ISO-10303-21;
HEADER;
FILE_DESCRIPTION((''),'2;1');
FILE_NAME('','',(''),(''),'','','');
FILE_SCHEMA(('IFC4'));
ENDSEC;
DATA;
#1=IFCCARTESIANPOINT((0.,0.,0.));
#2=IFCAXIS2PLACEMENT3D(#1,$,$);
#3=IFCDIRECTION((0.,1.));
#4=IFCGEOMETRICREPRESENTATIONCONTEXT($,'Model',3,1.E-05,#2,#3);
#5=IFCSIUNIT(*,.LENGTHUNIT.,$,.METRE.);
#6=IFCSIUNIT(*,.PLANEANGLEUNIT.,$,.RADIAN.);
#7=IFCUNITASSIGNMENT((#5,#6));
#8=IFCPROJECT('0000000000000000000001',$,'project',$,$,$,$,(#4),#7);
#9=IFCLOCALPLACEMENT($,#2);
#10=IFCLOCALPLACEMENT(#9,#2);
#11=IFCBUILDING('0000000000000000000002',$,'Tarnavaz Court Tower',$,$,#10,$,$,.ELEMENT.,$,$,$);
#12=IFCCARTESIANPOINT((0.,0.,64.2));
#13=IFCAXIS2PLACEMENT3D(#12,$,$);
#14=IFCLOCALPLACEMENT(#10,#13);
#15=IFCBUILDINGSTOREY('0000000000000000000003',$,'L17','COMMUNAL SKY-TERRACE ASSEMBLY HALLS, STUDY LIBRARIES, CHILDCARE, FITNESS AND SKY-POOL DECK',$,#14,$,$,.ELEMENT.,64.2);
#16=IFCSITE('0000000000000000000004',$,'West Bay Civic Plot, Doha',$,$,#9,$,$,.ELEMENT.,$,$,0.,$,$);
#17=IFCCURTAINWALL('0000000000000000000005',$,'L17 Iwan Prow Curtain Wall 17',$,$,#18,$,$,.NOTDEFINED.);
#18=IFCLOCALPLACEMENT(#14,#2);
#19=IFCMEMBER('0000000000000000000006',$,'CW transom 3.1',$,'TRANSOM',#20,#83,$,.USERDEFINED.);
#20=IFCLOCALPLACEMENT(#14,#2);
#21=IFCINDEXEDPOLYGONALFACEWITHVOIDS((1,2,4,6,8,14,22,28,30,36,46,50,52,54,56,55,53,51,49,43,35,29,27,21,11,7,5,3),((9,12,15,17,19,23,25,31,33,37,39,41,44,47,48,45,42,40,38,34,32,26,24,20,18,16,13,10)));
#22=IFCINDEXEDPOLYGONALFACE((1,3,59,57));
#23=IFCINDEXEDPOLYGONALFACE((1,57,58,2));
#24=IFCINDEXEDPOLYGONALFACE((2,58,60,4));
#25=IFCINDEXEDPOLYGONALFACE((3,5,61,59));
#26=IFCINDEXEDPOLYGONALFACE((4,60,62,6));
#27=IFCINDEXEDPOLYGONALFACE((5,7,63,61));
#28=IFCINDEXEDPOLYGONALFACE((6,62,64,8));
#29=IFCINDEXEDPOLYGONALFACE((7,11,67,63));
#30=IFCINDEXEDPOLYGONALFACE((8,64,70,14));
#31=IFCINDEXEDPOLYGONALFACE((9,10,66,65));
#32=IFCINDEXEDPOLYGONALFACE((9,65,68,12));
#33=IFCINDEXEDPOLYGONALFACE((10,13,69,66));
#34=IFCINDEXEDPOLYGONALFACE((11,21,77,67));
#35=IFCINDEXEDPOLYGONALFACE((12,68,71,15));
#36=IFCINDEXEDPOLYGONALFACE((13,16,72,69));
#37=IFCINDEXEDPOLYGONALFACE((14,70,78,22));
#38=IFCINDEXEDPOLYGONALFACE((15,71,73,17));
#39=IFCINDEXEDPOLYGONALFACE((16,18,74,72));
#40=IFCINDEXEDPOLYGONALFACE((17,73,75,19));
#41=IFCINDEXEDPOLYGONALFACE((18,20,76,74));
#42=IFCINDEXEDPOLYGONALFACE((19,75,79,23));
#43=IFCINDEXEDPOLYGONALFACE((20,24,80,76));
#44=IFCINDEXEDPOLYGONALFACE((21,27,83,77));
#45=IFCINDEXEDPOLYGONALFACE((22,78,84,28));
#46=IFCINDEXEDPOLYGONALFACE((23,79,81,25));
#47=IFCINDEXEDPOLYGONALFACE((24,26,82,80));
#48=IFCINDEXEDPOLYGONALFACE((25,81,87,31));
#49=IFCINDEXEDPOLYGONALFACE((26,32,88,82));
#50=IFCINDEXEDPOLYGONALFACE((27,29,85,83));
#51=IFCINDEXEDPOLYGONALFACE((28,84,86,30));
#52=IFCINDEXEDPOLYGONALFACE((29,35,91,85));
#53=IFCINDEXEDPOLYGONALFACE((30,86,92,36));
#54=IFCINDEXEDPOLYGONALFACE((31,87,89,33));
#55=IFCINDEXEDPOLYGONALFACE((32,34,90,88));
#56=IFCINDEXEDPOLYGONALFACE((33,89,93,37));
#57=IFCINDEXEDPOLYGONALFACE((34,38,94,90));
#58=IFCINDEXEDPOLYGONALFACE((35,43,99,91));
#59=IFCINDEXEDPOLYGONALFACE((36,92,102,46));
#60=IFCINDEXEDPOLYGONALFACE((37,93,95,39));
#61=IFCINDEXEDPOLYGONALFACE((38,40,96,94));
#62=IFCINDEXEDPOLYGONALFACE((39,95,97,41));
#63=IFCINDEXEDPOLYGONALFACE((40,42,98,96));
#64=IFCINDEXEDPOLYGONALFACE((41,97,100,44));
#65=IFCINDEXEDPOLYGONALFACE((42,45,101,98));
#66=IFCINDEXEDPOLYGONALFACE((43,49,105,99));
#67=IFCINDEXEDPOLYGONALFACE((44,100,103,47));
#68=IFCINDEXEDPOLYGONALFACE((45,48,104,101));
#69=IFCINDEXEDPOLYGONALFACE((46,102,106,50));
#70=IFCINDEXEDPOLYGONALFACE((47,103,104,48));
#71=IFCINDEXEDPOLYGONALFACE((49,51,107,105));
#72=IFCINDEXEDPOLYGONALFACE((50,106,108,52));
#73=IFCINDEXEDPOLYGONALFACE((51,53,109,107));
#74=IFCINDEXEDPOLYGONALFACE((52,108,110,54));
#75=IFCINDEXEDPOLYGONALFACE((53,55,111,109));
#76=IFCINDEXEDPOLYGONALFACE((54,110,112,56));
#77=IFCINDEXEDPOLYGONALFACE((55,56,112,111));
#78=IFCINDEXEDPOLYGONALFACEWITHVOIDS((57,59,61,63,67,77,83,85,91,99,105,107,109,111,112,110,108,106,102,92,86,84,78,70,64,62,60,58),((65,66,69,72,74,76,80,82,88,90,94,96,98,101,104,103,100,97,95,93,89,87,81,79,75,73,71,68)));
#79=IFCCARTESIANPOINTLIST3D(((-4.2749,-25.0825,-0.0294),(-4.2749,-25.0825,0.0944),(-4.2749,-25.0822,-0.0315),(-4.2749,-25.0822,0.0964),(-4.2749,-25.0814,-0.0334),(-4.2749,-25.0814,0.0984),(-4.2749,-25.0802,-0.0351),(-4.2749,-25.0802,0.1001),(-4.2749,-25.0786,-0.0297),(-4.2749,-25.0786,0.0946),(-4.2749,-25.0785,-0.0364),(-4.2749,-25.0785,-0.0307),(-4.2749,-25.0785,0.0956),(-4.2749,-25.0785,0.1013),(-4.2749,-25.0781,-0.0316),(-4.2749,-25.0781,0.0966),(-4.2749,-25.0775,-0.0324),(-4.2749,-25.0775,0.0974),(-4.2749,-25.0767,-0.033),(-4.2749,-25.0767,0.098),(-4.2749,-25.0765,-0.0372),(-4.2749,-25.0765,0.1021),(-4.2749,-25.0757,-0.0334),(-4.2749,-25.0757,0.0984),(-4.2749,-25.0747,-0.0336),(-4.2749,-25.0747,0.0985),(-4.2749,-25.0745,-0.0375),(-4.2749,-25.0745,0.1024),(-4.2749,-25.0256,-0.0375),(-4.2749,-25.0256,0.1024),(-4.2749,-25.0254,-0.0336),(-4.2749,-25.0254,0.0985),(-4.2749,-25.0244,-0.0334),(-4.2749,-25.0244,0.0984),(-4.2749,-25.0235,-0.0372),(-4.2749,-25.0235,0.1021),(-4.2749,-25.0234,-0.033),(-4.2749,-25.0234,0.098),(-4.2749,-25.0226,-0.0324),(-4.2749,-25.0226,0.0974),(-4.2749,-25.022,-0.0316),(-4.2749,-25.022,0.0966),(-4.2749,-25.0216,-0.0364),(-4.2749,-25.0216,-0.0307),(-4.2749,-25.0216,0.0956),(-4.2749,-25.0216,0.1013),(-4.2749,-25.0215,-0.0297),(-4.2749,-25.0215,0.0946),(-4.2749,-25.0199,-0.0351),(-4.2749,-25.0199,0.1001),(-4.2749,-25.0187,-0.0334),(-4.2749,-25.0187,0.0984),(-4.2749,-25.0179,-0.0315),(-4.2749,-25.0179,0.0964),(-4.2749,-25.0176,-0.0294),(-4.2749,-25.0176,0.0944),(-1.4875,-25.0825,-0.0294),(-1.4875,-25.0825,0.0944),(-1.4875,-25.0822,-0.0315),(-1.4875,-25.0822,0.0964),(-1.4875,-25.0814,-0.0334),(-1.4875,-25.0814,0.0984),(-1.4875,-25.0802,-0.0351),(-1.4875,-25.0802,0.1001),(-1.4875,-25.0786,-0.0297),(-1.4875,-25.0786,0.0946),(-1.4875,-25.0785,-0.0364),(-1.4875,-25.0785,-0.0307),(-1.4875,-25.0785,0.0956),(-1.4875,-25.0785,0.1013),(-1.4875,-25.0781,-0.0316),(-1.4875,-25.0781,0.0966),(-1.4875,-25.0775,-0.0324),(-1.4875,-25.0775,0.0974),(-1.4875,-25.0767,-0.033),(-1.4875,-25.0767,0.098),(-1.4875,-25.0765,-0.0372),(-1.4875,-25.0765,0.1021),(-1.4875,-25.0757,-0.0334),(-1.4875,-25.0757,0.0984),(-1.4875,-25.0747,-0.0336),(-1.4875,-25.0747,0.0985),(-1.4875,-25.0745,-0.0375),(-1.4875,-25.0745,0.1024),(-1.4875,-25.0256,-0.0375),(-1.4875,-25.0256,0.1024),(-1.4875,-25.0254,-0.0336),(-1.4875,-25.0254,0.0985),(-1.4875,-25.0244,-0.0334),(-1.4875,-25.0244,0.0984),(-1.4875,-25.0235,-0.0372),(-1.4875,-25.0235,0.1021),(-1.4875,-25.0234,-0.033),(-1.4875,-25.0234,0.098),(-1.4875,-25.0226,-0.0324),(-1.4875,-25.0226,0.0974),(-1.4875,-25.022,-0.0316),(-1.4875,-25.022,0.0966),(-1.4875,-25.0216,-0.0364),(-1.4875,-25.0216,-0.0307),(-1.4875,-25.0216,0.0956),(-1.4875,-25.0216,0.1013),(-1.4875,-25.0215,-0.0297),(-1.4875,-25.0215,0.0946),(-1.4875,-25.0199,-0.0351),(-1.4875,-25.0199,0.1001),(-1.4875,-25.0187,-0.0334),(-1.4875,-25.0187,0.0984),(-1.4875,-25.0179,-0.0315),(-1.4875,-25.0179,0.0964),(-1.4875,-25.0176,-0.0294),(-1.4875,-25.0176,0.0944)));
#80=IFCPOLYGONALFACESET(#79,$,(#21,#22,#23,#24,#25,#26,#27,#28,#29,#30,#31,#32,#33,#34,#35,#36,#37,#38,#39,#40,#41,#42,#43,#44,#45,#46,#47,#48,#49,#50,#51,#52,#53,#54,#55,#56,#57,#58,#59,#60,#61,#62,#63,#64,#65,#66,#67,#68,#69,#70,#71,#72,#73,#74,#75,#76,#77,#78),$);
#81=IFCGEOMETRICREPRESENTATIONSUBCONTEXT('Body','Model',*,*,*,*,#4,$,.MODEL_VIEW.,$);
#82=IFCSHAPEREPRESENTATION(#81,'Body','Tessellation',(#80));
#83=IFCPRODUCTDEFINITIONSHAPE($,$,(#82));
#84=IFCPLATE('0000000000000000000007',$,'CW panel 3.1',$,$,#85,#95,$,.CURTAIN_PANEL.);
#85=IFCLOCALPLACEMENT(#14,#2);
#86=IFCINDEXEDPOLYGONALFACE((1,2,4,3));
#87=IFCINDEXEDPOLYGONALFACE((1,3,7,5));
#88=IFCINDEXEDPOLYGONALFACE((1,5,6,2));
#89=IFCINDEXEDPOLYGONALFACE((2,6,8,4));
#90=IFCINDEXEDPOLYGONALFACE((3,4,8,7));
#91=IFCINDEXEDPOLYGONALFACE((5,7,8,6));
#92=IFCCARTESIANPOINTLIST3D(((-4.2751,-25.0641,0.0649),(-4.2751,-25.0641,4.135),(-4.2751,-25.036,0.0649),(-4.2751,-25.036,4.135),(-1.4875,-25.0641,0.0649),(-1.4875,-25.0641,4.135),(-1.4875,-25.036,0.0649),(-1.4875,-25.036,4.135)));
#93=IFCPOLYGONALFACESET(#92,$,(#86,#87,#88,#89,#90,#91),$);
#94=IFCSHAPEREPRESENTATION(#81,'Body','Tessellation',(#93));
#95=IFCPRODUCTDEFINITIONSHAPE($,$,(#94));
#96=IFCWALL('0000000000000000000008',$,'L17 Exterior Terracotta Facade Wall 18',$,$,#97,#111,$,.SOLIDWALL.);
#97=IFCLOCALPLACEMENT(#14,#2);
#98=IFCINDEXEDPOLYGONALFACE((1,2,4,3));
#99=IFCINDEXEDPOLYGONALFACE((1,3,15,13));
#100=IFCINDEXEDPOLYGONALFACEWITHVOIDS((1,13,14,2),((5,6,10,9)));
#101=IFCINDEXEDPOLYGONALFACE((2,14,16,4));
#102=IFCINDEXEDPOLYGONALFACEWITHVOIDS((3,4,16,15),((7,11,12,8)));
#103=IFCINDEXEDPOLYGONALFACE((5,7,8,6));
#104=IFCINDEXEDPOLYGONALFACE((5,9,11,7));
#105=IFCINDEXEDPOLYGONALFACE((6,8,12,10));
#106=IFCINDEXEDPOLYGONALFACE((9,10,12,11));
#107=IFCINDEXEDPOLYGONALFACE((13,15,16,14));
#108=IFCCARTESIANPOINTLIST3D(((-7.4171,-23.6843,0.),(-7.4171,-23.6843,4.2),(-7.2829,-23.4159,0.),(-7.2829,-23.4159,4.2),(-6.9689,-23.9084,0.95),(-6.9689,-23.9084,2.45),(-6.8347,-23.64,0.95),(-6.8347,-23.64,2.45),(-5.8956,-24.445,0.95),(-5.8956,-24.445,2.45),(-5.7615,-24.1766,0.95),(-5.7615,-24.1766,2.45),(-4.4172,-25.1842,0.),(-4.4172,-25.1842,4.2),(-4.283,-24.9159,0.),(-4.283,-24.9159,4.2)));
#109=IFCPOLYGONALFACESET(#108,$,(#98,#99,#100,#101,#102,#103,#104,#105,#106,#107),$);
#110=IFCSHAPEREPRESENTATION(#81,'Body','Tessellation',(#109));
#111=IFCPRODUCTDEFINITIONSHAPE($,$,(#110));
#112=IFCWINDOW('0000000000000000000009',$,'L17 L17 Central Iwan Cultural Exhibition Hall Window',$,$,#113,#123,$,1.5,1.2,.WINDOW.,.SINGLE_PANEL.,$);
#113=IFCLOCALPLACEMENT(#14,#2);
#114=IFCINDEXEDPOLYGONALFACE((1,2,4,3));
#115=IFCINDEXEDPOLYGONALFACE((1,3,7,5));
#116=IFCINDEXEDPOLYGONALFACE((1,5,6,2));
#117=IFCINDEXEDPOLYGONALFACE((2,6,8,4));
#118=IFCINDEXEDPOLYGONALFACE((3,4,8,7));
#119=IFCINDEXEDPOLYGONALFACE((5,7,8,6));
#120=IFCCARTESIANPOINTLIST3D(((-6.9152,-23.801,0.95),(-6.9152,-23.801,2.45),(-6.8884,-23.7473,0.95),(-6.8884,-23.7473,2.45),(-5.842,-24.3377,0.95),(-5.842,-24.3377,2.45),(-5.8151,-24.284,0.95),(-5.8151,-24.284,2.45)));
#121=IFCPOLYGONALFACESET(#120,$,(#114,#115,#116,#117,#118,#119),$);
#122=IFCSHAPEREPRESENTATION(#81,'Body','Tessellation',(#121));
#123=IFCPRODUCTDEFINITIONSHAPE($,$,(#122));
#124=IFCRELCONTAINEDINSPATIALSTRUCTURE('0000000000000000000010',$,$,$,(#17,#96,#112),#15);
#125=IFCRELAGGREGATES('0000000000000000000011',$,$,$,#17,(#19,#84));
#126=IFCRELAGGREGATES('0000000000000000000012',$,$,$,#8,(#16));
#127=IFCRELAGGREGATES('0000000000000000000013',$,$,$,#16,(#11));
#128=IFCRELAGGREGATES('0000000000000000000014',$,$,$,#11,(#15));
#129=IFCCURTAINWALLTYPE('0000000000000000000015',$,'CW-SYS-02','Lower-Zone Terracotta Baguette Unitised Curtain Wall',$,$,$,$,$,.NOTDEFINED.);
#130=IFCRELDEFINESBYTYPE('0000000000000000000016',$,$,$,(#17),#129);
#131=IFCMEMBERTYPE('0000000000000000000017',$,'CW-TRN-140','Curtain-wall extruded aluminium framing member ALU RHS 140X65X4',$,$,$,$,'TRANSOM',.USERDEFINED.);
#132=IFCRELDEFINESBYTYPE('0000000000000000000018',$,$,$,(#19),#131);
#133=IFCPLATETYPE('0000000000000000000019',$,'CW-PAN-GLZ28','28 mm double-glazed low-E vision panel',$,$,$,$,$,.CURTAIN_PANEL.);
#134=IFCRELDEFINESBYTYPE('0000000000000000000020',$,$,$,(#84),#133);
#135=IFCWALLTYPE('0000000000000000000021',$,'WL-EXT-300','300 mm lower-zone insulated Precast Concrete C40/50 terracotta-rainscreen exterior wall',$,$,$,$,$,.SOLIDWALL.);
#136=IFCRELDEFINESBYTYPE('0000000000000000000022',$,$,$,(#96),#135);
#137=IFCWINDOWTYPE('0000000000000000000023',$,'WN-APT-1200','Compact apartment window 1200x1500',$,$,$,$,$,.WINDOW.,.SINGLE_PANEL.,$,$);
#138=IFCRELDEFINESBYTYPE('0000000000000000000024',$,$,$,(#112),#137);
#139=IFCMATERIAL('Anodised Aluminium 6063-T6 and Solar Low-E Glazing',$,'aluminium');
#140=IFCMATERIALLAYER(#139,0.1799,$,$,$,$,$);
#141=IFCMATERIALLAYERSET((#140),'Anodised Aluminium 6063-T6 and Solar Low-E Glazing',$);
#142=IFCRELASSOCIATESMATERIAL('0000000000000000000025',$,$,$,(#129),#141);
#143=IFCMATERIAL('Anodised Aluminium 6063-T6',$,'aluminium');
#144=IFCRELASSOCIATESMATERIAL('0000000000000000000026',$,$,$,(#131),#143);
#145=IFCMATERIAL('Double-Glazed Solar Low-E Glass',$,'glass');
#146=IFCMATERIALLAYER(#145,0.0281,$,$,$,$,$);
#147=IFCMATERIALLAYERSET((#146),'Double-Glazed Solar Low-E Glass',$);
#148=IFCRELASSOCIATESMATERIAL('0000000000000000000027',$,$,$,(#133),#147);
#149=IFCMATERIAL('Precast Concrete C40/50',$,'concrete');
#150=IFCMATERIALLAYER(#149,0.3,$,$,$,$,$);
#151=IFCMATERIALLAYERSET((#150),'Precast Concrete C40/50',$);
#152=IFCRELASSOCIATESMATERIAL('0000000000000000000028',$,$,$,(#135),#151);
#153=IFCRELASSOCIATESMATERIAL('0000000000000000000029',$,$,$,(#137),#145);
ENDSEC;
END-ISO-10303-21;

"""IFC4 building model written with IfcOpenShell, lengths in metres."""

from ifc_helpers import new_model, si_unit, direction, frame, frame_2d, origin, origin_2d, place, context, subcontext, project, spatial, rectangle, hollow_rectangle, extrude, material, layer, layer_set, material_profile, profile_set, type_object, element, fill, aggregate, save


model = new_model("IFC4")

# Units and contexts
model_context = context("Model", 3, precision=1e-05, world=origin(), true_north=direction((0.0, 1.0)))
body_context = subcontext(model_context, "Body", "Model", "MODEL_VIEW")
ifc_project = project(units=[si_unit("LENGTHUNIT", "METRE"), si_unit("PLANEANGLEUNIT", "RADIAN")], contexts=[model_context])

# Site, building, storey
site_placement = place(None, origin())
site = spatial("IfcSite", under=ifc_project, at=site_placement, Name="West Bay Civic Plot, Doha", CompositionType="ELEMENT", RefElevation=0.0)
building_placement = place(site_placement, origin())
building = spatial("IfcBuilding", under=site, at=building_placement, Name="Tarnavaz Court Tower", CompositionType="ELEMENT")
storey_placement = place(building_placement, frame((0.0, 0.0, 64.2)))
storey = spatial("IfcBuildingStorey", under=building, at=storey_placement, Name="L17", Description="COMMUNAL SKY-TERRACE ASSEMBLY HALLS, STUDY LIBRARIES, CHILDCARE, FITNESS AND SKY-POOL DECK", CompositionType="ELEMENT", Elevation=64.2)

# Curtain wall, member, plate
ifc_material_1 = material(Name="Anodised Aluminium 6063-T6 and Solar Low-E Glazing", Category="aluminium")
ifc_layer_1 = layer(ifc_material_1, 0.1799)
ifc_layer_set_1 = layer_set([ifc_layer_1], Name="Anodised Aluminium 6063-T6 and Solar Low-E Glazing")
curtain_wall_type = type_object("IfcCurtainWallType", Name="CW-SYS-02", Description="Lower-Zone Terracotta Baguette Unitised Curtain Wall", PredefinedType="NOTDEFINED", material=ifc_layer_set_1)
curtain_wall_placement = place(storey_placement, origin())
curtain_wall = element("IfcCurtainWall", 1, at=curtain_wall_placement, inside=storey, type_object=curtain_wall_type, Name="L17 Iwan Prow Curtain Wall 17", PredefinedType="NOTDEFINED")
ifc_material_2 = material(Name="Anodised Aluminium 6063-T6", Category="aluminium")
ifc_material_profile_1 = material_profile(ifc_material_2, hollow_rectangle(XDim=0.0649, YDim=0.1399, WallThickness=0.0039, InnerFilletRadius=0.0039, OuterFilletRadius=0.0081, at=origin_2d()), Name="ALU RHS 140X65X4")
ifc_profile_set_1 = profile_set([ifc_material_profile_1], Name="Anodised Aluminium 6063-T6")
member_type_1 = type_object("IfcMemberType", Name="CW-TRN-140", Description="Curtain-wall extruded aluminium framing member ALU RHS 140X65X4", ElementType="TRANSOM", PredefinedType="USERDEFINED", material=ifc_profile_set_1)
member_1_placement = place(storey_placement, frame((-1.4875, -25.05, 0.0325), z_axis=(-1.0, 0.0, 0.0), x_axis=(0.0, -1.0, 0.0)))
member_1 = element("IfcMember", 2, at=member_1_placement, type_object=member_type_1, Name="CW transom 3.1", ObjectType="TRANSOM", PredefinedType="USERDEFINED", context=body_context, shape_type="SweptSolid", body=[
    extrude(hollow_rectangle(XDim=0.0649, YDim=0.1399, WallThickness=0.0039, InnerFilletRadius=0.0039, OuterFilletRadius=0.0081, at=origin_2d()), origin(), (0.0, 0.0, 1.0), 2.7874),
])
ifc_material_3 = material(Name="Double-Glazed Solar Low-E Glass", Category="glass")
ifc_layer_2 = layer(ifc_material_3, 0.0281)
ifc_layer_set_2 = layer_set([ifc_layer_2], Name="Double-Glazed Solar Low-E Glass")
plate_type = type_object("IfcPlateType", Name="CW-PAN-GLZ28", Description="28 mm double-glazed low-E vision panel", PredefinedType="CURTAIN_PANEL", material=ifc_layer_set_2)
plate_placement = place(storey_placement, frame((-2.8813, -25.05, 0.0649), z_axis=(0.0, 0.0, 1.0), x_axis=(-1.0, 0.0, 0.0)))
plate = element("IfcPlate", 3, at=plate_placement, type_object=plate_type, Name="CW panel 3.1", PredefinedType="CURTAIN_PANEL", context=body_context, shape_type="SweptSolid", body=[
    extrude(rectangle(XDim=2.7876, YDim=0.0281, at=origin_2d()), origin(), (0.0, 0.0, 1.0), 4.0701),
])
aggregate(curtain_wall, [member_1, plate])

# Wall, opening, window
ifc_material_4 = material(Name="Precast Concrete C40/50", Category="concrete")
ifc_layer_3 = layer(ifc_material_4, 0.3)
ifc_layer_set_3 = layer_set([ifc_layer_3], Name="Precast Concrete C40/50")
wall_type_1 = type_object("IfcWallType", Name="WL-EXT-300", Description="300 mm lower-zone insulated Precast Concrete C40/50 terracotta-rainscreen exterior wall", PredefinedType="SOLIDWALL", material=ifc_layer_set_3)
wall_1_placement = place(storey_placement, frame((-4.3501, -25.05, 0.0), z_axis=(0.0, 0.0, 1.0), x_axis=(-0.894427, 0.447214, 0.0)))
wall_1 = element("IfcWall", 4, at=wall_1_placement, inside=storey, type_object=wall_type_1, Name="L17 Exterior Terracotta Facade Wall 18", PredefinedType="SOLIDWALL", context=body_context, shape_type="SweptSolid", body=[
    extrude(rectangle(XDim=3.354, YDim=0.3, at=frame_2d((1.677, 0.0))), origin(), (0.0, 0.0, 1.0), 4.2),
])
opening_1_placement = place(wall_1_placement, frame((1.6528, 0.0, 0.95)))
opening_1 = element("IfcOpeningElement", 5, at=opening_1_placement, cuts=wall_1, PredefinedType="OPENING", context=body_context, shape_type="SweptSolid", body=[
    extrude(rectangle(XDim=1.2, YDim=1.5, at=frame_2d((0.6001, 0.75))), frame((0.0, 0.1599, 0.0), z_axis=(0.0, -1.0, 0.0), x_axis=(1.0, 0.0, 0.0)), (0.0, 0.0, 1.0), 0.3201),
])
window_type_1 = type_object("IfcWindowType", Name="WN-APT-1200", Description="Compact apartment window 1200x1500", PartitioningType="SINGLE_PANEL", PredefinedType="WINDOW", material=ifc_material_3)
window_1_placement = place(opening_1_placement, origin())
window_1 = element("IfcWindow", 6, at=window_1_placement, inside=storey, type_object=window_type_1, Name="L17 L17 Central Iwan Cultural Exhibition Hall Window", OverallHeight=1.5, OverallWidth=1.2, PartitioningType="SINGLE_PANEL", PredefinedType="WINDOW", context=body_context, shape_type="SweptSolid", body=[
    extrude(rectangle(XDim=1.2, YDim=1.5, at=frame_2d((0.6001, 0.75))), frame((0.0, 0.03, 0.0), z_axis=(0.0, -1.0, 0.0), x_axis=(1.0, 0.0, 0.0)), (0.0, 0.0, 1.0), 0.0601),
])
fill(opening_1, window_1)

save(model, "model.ifc")
